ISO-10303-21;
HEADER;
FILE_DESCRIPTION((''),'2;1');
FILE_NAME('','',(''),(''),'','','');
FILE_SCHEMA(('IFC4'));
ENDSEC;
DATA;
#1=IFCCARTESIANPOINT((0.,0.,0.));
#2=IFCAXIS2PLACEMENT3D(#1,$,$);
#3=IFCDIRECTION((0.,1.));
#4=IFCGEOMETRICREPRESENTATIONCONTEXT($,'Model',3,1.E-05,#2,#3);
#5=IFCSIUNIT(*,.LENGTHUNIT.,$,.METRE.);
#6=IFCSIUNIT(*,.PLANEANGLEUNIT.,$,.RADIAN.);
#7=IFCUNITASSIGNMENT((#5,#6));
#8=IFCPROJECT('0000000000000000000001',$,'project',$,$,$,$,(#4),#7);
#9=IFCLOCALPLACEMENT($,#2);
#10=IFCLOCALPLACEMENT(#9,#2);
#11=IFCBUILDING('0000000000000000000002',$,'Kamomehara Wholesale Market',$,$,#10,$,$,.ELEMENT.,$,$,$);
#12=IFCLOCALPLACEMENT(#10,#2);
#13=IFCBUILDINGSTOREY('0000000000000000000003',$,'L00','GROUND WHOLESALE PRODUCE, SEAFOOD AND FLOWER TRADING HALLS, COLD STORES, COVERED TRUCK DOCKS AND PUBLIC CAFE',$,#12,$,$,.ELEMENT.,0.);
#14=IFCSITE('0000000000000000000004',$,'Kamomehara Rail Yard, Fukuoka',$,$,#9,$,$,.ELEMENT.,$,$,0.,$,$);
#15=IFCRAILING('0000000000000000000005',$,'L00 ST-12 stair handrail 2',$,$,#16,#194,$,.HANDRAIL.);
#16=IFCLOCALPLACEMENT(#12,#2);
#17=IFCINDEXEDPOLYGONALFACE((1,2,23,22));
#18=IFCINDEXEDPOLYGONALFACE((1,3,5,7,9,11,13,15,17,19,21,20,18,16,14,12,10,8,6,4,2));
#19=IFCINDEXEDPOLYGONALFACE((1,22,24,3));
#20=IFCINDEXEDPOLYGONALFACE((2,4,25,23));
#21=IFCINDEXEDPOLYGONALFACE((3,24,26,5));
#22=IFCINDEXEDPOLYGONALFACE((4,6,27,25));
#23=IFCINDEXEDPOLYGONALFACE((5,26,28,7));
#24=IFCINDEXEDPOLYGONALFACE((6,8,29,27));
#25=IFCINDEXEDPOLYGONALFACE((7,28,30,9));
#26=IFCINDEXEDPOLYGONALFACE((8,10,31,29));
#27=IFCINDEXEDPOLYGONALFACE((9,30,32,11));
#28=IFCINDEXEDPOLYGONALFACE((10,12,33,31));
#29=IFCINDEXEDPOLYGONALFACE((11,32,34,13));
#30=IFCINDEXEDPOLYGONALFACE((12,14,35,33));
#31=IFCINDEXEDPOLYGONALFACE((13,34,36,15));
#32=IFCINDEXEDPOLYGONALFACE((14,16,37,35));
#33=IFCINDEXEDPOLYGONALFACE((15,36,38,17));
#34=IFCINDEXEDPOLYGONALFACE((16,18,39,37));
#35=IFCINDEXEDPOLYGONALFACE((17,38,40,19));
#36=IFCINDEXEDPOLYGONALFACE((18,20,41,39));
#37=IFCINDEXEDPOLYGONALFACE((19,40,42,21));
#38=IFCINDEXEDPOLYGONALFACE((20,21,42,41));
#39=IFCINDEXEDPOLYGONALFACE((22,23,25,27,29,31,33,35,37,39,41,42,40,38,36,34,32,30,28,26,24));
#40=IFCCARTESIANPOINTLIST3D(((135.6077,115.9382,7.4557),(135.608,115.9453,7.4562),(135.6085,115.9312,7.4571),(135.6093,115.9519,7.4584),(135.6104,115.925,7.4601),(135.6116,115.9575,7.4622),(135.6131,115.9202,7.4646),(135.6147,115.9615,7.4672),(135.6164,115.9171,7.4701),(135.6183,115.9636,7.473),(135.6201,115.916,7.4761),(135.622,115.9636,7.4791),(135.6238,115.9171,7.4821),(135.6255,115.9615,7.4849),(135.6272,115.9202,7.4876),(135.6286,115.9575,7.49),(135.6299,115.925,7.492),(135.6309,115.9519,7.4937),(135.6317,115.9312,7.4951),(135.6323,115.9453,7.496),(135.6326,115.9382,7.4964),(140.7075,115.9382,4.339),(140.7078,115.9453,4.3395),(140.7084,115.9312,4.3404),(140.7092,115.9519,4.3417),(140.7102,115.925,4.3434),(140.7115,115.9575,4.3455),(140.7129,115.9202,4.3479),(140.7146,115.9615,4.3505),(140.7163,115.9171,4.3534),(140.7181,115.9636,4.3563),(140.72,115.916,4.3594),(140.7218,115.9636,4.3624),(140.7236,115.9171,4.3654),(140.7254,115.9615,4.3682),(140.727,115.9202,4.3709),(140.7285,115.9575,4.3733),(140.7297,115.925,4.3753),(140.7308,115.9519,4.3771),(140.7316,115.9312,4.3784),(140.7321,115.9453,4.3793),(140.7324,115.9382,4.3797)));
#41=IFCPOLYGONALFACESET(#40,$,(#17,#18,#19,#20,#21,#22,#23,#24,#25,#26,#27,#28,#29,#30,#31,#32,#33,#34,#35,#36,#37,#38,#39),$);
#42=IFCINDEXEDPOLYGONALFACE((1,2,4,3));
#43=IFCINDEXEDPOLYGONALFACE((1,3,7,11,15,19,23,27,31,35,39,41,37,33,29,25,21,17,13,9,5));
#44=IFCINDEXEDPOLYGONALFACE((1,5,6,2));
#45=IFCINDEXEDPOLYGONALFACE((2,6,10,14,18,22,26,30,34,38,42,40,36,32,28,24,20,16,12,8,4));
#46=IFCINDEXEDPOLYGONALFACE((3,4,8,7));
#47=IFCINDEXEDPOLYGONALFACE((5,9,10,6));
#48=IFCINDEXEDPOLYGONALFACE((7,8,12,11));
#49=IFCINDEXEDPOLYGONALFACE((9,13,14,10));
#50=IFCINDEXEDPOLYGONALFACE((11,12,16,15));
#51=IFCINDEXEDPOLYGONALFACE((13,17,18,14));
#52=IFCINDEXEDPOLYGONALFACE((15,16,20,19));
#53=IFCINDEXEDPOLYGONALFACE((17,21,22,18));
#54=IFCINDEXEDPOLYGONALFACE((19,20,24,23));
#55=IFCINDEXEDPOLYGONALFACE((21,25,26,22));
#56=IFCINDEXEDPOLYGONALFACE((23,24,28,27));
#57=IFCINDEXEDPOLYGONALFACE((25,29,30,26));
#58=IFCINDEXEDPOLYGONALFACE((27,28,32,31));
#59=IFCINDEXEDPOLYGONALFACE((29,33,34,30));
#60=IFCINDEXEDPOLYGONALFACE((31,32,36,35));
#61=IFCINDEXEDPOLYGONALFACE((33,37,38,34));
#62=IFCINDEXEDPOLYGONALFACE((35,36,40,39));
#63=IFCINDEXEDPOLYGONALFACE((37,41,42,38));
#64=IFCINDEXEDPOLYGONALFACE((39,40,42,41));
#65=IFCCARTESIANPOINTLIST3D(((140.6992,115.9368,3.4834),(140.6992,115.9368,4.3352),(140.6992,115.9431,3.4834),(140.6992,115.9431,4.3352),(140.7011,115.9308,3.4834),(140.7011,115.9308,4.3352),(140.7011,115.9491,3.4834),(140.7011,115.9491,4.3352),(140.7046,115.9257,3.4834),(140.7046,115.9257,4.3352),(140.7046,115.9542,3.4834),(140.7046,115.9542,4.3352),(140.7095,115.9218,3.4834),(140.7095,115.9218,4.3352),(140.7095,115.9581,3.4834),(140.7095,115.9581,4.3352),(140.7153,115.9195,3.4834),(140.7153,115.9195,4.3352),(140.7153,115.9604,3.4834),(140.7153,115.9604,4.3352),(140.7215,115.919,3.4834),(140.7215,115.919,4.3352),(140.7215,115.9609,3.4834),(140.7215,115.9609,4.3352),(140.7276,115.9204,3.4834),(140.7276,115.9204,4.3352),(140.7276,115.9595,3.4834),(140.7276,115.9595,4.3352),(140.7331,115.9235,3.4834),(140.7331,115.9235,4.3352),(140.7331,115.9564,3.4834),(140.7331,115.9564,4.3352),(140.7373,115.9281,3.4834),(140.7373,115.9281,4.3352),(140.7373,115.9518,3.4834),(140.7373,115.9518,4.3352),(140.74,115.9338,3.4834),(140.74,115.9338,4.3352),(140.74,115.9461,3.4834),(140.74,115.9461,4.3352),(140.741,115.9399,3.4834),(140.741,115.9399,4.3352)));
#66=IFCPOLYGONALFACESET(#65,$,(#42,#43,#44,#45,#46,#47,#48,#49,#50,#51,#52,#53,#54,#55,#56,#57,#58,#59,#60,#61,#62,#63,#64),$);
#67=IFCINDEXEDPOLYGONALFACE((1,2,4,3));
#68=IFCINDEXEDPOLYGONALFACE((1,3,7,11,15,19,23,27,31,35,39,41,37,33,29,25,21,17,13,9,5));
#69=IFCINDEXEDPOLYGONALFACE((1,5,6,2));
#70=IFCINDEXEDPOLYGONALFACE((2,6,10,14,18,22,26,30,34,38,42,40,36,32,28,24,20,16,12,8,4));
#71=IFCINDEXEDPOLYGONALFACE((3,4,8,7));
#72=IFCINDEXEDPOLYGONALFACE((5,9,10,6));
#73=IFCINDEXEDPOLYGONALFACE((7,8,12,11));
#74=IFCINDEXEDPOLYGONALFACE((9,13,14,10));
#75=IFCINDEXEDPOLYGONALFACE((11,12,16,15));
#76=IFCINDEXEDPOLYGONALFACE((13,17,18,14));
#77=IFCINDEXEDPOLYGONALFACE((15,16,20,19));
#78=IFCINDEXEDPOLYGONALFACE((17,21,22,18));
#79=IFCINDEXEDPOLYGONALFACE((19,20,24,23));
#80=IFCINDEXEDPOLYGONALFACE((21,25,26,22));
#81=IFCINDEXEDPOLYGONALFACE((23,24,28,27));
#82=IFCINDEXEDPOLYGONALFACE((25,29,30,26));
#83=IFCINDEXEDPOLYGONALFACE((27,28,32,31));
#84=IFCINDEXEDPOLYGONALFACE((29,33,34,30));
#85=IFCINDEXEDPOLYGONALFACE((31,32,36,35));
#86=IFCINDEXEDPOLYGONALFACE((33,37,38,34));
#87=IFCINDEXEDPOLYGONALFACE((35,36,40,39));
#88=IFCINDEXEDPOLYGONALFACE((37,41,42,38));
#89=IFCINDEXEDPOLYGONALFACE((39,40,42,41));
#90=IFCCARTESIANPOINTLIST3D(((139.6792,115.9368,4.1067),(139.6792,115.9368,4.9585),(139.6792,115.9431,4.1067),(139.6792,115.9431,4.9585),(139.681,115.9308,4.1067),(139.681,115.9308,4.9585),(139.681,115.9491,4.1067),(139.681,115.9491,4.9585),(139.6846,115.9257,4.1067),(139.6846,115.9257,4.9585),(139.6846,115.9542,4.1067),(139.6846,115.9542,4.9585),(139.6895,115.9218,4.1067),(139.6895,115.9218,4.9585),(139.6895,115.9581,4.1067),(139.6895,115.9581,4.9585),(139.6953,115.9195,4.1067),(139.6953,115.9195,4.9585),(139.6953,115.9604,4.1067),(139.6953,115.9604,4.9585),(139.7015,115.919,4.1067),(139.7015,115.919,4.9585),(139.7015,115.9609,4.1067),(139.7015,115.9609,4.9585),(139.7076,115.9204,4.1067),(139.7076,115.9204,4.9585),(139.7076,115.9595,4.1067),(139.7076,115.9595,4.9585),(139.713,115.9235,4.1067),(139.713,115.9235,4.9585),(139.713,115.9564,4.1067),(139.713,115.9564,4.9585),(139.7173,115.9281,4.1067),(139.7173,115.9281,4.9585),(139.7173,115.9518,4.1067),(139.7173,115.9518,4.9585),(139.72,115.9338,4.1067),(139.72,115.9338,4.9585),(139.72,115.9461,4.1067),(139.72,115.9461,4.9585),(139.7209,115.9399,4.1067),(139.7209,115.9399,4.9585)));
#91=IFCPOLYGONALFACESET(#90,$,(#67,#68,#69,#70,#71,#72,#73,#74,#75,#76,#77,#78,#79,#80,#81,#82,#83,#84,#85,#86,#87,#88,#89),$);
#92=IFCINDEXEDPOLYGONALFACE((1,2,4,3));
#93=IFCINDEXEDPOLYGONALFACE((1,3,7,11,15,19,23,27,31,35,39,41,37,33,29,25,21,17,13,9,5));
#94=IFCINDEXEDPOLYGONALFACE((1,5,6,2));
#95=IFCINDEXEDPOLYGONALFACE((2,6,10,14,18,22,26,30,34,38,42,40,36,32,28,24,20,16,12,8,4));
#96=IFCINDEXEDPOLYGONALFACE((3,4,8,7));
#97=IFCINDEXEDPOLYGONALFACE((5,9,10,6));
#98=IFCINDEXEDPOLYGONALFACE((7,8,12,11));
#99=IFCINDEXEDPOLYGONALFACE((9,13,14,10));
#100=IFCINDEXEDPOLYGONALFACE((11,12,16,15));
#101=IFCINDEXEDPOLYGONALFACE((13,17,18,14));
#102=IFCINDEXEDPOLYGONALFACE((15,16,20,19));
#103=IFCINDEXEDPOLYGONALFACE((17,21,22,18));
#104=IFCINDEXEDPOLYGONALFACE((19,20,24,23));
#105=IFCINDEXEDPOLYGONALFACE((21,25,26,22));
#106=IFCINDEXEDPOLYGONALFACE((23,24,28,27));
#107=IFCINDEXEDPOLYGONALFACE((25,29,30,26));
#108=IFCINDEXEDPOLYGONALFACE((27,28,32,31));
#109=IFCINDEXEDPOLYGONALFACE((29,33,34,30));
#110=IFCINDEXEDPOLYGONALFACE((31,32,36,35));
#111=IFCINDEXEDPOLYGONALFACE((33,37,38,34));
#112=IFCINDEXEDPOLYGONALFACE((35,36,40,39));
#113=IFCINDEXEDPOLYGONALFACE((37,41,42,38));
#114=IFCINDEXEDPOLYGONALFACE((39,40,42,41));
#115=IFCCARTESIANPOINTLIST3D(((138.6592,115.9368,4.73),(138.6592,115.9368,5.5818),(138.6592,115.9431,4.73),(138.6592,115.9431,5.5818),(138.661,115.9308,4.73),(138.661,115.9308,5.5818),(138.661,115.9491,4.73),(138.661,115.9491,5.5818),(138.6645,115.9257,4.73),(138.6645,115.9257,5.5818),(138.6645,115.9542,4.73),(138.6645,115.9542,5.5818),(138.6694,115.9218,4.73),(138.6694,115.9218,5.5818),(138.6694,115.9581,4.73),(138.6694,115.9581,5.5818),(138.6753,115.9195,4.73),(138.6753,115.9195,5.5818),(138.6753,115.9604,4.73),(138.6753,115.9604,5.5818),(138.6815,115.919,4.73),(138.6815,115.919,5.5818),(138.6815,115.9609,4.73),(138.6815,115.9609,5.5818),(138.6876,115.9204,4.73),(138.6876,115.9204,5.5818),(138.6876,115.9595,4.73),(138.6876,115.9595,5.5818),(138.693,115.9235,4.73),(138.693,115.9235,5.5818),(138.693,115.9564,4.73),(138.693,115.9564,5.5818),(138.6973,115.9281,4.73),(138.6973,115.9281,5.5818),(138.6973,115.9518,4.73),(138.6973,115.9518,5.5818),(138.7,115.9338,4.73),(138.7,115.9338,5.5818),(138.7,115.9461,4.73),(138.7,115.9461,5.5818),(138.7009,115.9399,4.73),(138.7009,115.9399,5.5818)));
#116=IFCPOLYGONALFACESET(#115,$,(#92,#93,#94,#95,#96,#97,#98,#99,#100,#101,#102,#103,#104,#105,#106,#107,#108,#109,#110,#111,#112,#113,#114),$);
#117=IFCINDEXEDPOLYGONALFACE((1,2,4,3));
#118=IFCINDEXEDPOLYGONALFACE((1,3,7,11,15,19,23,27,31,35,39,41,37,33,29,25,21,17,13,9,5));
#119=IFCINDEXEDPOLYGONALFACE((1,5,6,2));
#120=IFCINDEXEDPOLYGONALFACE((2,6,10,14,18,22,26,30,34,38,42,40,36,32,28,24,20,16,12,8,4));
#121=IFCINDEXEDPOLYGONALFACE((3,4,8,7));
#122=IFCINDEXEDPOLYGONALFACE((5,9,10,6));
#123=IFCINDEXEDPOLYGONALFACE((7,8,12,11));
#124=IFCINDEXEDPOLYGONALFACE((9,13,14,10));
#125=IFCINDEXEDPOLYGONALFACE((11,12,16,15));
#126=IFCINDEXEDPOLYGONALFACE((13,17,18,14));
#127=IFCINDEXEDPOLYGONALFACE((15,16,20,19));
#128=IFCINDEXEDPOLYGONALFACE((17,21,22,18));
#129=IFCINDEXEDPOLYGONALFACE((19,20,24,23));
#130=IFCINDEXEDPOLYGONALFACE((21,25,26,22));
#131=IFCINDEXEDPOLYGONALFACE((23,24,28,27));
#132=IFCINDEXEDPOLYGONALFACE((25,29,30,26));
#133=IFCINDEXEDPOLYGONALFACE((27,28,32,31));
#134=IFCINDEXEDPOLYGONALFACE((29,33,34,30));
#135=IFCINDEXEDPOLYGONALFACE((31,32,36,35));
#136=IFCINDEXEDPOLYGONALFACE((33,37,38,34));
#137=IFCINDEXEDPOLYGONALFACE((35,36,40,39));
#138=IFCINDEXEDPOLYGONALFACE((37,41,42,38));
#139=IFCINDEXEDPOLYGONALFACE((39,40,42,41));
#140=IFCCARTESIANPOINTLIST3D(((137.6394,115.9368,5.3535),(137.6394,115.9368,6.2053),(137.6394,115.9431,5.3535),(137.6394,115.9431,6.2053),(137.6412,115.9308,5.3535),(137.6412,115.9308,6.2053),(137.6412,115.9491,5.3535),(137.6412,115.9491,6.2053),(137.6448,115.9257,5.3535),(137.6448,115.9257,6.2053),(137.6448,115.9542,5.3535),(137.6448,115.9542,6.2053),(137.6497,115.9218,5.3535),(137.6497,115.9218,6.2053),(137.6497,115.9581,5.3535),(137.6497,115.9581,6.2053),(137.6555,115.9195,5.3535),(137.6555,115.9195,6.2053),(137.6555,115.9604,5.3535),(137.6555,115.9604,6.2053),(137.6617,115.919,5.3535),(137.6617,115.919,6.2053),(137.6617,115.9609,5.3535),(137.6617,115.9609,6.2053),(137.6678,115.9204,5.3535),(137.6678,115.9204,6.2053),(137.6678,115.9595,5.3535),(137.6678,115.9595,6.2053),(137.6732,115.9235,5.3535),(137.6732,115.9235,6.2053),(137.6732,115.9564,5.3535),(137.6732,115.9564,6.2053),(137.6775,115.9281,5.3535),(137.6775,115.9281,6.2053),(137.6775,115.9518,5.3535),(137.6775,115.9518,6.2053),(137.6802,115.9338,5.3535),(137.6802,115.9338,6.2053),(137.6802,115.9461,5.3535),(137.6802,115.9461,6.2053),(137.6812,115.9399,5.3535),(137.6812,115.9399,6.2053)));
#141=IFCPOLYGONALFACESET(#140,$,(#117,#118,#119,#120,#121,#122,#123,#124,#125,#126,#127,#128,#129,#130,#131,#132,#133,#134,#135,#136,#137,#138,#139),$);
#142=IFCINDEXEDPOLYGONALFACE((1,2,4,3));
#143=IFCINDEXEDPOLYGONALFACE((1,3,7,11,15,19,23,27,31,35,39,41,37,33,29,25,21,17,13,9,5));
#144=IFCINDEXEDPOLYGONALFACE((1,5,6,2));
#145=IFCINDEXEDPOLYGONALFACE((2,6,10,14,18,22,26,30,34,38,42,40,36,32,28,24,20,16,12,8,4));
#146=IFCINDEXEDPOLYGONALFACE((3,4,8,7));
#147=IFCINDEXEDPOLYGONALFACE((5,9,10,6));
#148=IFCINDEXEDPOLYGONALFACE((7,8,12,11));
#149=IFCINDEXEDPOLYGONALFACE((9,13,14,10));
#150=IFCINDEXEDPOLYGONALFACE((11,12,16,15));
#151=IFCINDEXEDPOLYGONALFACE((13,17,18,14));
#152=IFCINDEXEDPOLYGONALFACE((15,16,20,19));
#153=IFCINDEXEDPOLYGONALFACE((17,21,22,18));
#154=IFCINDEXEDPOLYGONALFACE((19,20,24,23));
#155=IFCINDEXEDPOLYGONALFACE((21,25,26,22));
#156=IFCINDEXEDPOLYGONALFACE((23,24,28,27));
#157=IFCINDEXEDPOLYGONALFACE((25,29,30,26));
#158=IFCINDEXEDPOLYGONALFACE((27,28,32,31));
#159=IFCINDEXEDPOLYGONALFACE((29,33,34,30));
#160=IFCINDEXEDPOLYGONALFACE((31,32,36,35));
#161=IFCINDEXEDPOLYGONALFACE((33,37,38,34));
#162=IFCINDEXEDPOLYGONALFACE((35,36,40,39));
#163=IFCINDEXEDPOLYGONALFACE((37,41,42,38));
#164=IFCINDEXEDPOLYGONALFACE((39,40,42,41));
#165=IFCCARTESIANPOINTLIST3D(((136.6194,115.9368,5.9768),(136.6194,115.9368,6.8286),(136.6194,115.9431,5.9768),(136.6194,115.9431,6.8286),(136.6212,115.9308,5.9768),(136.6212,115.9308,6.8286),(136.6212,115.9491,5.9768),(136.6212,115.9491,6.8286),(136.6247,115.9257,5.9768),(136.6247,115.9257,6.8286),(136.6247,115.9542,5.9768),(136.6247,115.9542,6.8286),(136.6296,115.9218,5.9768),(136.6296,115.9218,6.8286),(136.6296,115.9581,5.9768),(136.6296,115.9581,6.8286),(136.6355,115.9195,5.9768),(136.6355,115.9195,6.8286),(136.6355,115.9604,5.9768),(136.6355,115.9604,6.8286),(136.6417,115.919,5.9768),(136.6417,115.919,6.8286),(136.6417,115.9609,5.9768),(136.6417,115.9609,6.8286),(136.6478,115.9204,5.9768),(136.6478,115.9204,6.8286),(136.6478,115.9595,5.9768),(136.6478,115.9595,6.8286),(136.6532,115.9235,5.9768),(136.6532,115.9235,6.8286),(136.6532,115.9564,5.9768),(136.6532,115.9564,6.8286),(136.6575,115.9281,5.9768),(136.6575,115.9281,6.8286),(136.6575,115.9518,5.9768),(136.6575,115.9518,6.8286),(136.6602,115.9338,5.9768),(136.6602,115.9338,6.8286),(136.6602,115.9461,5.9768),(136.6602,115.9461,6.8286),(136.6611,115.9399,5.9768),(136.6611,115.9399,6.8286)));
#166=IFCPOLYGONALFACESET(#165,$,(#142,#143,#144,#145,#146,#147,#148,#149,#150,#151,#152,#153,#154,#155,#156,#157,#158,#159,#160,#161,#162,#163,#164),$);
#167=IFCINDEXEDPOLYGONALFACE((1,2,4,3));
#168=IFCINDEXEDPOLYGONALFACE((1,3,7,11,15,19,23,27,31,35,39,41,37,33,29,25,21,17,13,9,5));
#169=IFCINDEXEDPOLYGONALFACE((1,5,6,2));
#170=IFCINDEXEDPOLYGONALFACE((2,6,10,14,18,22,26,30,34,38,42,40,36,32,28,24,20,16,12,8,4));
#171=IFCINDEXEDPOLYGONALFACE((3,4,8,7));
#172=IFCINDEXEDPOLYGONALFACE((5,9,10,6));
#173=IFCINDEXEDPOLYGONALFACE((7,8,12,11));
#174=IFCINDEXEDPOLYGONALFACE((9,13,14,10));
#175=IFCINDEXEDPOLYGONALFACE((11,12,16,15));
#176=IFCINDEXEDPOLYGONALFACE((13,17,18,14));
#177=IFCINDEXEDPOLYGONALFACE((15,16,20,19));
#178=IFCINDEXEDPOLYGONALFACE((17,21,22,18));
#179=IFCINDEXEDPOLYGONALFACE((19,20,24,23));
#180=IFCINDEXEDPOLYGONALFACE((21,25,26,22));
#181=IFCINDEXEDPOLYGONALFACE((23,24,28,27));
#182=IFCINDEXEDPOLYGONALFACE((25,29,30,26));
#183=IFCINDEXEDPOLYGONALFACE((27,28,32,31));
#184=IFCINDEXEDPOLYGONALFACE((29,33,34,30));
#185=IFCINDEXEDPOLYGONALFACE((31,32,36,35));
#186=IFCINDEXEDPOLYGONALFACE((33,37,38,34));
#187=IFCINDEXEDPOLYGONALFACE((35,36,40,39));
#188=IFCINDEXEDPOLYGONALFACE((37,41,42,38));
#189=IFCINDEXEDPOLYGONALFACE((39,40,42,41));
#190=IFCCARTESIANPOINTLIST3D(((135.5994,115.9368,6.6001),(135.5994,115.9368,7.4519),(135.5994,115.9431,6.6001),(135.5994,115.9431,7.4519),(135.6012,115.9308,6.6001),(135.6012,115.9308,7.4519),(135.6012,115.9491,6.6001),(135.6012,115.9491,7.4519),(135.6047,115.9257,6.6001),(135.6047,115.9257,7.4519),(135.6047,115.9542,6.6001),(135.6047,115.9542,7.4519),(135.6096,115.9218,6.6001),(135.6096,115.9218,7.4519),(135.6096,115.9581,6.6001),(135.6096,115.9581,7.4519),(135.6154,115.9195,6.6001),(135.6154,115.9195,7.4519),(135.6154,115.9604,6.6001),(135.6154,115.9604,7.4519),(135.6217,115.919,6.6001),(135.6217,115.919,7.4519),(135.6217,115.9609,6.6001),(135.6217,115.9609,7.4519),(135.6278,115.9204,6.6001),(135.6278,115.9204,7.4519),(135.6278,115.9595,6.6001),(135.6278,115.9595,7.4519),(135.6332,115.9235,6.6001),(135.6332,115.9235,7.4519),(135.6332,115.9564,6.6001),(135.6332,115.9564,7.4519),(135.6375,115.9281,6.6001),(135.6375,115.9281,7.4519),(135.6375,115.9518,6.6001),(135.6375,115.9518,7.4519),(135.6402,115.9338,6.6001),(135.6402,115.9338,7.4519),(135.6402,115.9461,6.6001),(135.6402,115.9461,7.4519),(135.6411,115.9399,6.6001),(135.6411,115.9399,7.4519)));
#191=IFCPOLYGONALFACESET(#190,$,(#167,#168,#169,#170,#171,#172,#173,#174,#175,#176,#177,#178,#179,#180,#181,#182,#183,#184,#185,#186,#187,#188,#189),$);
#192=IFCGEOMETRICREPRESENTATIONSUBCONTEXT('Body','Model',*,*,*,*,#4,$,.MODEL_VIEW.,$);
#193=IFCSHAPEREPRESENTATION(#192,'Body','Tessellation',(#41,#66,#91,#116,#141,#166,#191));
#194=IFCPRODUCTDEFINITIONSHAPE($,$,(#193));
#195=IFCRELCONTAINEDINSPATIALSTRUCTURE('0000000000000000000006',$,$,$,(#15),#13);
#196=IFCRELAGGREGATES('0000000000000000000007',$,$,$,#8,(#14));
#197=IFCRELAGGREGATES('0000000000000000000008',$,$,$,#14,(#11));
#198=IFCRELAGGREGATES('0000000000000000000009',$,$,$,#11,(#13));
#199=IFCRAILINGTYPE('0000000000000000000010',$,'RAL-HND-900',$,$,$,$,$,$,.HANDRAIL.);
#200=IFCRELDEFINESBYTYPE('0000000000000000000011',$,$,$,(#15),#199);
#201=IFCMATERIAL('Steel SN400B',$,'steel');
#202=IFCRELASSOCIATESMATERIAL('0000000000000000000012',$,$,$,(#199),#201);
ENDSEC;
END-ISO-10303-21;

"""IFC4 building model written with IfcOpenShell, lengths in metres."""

from ifc_helpers import new_model, si_unit, direction, frame, origin, origin_2d, place, context, subcontext, project, spatial, circle, extrude, material, type_object, element, save


model = new_model("IFC4")

# Units and contexts
model_context = context("Model", 3, precision=1e-05, world=origin(), true_north=direction((0.0, 1.0)))
body_context = subcontext(model_context, "Body", "Model", "MODEL_VIEW")
ifc_project = project(units=[si_unit("LENGTHUNIT", "METRE"), si_unit("PLANEANGLEUNIT", "RADIAN")], contexts=[model_context])

# Site, building, storey
site_placement = place(None, origin())
site = spatial("IfcSite", under=ifc_project, at=site_placement, Name="Kamomehara Rail Yard, Fukuoka", CompositionType="ELEMENT", RefElevation=0.0)
building_placement = place(site_placement, origin())
building = spatial("IfcBuilding", under=site, at=building_placement, Name="Kamomehara Wholesale Market", CompositionType="ELEMENT")
storey_placement = place(building_placement, origin())
storey = spatial("IfcBuildingStorey", under=building, at=storey_placement, Name="L00", Description="GROUND WHOLESALE PRODUCE, SEAFOOD AND FLOWER TRADING HALLS, COLD STORES, COVERED TRUCK DOCKS AND PUBLIC CAFE", CompositionType="ELEMENT", Elevation=0.0)

# Railing
ifc_material_1 = material(Name="Steel SN400B", Category="steel")
railing_type_1 = type_object("IfcRailingType", Name="RAL-HND-900", PredefinedType="HANDRAIL", material=ifc_material_1)
railing_1_placement = place(storey_placement, frame((140.72, 115.9399, 3.4834)))
element("IfcRailing", 1, at=railing_1_placement, inside=storey, type_object=railing_type_1, Name="L00 ST-12 stair handrail 2", PredefinedType="HANDRAIL", context=body_context, shape_type="SweptSolid", body=[
    extrude(circle(Radius=0.0239, at=origin_2d()), frame((0.0, 0.0, 0.876), z_axis=(-0.853273, 0.0, 0.521465), x_axis=(0.0, -1.0, 0.0)), (0.0, 0.0, 1.0), 5.9768),
    extrude(circle(Radius=0.021, at=origin_2d()), origin(), (0.0, 0.0, 1.0), 0.8518),
    extrude(circle(Radius=0.021, at=origin_2d()), frame((-1.02, 0.0, 0.6233)), (0.0, 0.0, 1.0), 0.8518),
    extrude(circle(Radius=0.021, at=origin_2d()), frame((-2.04, 0.0, 1.2466)), (0.0, 0.0, 1.0), 0.8518),
    extrude(circle(Radius=0.021, at=origin_2d()), frame((-3.0598, 0.0, 1.8701)), (0.0, 0.0, 1.0), 0.8518),
    extrude(circle(Radius=0.021, at=origin_2d()), frame((-4.0798, 0.0, 2.4934)), (0.0, 0.0, 1.0), 0.8518),
    extrude(circle(Radius=0.021, at=origin_2d()), frame((-5.0999, 0.0, 3.1167)), (0.0, 0.0, 1.0), 0.8518),
])

save(model, "model.ifc")
